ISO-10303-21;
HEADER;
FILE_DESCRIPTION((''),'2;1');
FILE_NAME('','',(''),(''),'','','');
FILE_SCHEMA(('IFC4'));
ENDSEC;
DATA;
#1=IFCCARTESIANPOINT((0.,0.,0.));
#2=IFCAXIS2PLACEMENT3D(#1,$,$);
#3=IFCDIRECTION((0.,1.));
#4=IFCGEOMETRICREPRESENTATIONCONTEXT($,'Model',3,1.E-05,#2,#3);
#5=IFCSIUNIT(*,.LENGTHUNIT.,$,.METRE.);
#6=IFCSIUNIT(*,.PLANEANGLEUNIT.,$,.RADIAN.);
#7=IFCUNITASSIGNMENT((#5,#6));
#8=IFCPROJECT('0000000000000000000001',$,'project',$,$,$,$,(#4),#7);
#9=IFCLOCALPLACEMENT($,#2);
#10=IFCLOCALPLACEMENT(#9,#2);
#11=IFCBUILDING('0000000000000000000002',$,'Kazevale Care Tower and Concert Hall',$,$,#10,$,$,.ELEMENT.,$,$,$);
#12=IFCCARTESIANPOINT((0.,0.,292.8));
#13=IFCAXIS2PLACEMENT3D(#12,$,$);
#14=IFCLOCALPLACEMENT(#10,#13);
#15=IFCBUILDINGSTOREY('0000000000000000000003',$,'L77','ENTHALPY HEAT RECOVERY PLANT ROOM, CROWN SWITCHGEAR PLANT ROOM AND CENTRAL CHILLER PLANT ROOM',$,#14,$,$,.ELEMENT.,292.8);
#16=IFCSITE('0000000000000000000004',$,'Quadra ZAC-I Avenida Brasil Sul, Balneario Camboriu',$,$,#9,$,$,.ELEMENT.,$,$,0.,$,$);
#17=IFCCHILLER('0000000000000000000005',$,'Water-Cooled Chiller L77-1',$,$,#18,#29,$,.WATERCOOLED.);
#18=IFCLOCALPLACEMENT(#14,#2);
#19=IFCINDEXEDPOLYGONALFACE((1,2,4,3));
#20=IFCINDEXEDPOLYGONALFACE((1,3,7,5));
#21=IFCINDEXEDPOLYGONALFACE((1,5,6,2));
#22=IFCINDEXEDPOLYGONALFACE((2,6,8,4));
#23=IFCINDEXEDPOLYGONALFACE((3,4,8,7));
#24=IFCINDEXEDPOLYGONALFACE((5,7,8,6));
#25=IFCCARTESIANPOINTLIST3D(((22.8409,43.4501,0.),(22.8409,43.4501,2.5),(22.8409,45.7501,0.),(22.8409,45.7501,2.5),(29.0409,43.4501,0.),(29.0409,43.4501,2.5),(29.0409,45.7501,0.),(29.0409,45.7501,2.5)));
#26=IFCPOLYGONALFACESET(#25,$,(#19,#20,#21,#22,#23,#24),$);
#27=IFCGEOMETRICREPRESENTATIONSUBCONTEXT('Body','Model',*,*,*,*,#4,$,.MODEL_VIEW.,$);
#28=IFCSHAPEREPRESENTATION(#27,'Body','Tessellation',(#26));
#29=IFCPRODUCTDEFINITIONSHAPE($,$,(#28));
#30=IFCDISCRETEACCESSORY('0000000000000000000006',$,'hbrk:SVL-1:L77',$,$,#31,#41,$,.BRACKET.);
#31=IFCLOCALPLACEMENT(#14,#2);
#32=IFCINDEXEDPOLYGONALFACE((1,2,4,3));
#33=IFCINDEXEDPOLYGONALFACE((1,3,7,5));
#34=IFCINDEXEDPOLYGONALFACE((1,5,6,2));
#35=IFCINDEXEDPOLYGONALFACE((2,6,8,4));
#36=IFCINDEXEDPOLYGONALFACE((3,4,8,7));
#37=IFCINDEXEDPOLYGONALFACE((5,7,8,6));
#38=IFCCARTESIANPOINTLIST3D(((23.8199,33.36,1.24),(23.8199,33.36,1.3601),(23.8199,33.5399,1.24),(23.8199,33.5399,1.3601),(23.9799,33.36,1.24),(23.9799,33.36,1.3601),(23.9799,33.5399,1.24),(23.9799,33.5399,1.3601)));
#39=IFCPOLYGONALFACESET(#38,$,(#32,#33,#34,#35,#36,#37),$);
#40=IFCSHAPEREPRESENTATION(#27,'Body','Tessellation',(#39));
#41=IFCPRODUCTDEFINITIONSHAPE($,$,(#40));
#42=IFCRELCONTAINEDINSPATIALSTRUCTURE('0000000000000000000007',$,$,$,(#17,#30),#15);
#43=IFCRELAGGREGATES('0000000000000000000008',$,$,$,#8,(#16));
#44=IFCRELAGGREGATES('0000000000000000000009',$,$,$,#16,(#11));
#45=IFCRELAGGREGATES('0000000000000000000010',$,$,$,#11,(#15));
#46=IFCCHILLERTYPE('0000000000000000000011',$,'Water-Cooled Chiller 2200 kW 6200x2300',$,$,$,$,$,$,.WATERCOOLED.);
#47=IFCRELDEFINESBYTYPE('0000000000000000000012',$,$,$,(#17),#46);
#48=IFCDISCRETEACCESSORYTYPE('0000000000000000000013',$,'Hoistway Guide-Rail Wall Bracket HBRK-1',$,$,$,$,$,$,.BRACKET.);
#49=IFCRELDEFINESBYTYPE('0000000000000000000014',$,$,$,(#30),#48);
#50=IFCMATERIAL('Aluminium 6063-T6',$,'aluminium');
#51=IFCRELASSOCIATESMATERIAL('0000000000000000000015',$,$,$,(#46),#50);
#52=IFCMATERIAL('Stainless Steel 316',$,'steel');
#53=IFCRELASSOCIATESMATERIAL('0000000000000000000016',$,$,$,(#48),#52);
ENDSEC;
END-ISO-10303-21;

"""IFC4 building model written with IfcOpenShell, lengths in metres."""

from ifc_helpers import new_model, si_unit, direction, frame, origin, origin_2d, place, context, subcontext, project, spatial, rectangle, extrude, material, type_object, element, save


model = new_model("IFC4")

# Units and contexts
model_context = context("Model", 3, precision=1e-05, world=origin(), true_north=direction((0.0, 1.0)))
body_context = subcontext(model_context, "Body", "Model", "MODEL_VIEW")
ifc_project = project(units=[si_unit("LENGTHUNIT", "METRE"), si_unit("PLANEANGLEUNIT", "RADIAN")], contexts=[model_context])

# Site, building, storey
site_placement = place(None, origin())
site = spatial("IfcSite", under=ifc_project, at=site_placement, Name="Quadra ZAC-I Avenida Brasil Sul, Balneario Camboriu", CompositionType="ELEMENT", RefElevation=0.0)
building_placement = place(site_placement, origin())
building = spatial("IfcBuilding", under=site, at=building_placement, Name="Kazevale Care Tower and Concert Hall", CompositionType="ELEMENT")
storey_placement = place(building_placement, frame((0.0, 0.0, 292.8)))
storey = spatial("IfcBuildingStorey", under=building, at=storey_placement, Name="L77", Description="ENTHALPY HEAT RECOVERY PLANT ROOM, CROWN SWITCHGEAR PLANT ROOM AND CENTRAL CHILLER PLANT ROOM", CompositionType="ELEMENT", Elevation=292.8)

# Shared definitions
ifc_material_1 = material(Name="Aluminium 6063-T6", Category="aluminium")

# Shared definitions
ifc_material_2 = material(Name="Stainless Steel 316", Category="steel")

# Chiller
chiller_type = type_object("IfcChillerType", Name="Water-Cooled Chiller 2200 kW 6200x2300", PredefinedType="WATERCOOLED", material=ifc_material_1)
chiller_placement = place(storey_placement, frame((25.9409, 44.6001, 0.0), z_axis=(0.0, 0.0, 1.0), x_axis=(1.0, 0.0, 0.0)))
element("IfcChiller", 1, at=chiller_placement, inside=storey, type_object=chiller_type, Name="Water-Cooled Chiller L77-1", PredefinedType="WATERCOOLED", context=body_context, shape_type="SweptSolid", body=[
    extrude(rectangle(XDim=6.2, YDim=2.3, at=origin_2d()), origin(), (0.0, 0.0, 1.0), 2.5),
])

# Discrete accessory
discrete_accessory_type = type_object("IfcDiscreteAccessoryType", Name="Hoistway Guide-Rail Wall Bracket HBRK-1", PredefinedType="BRACKET", material=ifc_material_2)
discrete_accessory_placement = place(storey_placement, frame((23.8999, 33.45, 1.24), z_axis=(0.0, 0.0, 1.0), x_axis=(1.0, 0.0, 0.0)))
element("IfcDiscreteAccessory", 2, at=discrete_accessory_placement, inside=storey, type_object=discrete_accessory_type, Name="hbrk:SVL-1:L77", PredefinedType="BRACKET", context=body_context, shape_type="SweptSolid", body=[
    extrude(rectangle(XDim=0.1599, YDim=0.1799, at=origin_2d()), origin(), (0.0, 0.0, 1.0), 0.1201),
])

save(model, "model.ifc")
